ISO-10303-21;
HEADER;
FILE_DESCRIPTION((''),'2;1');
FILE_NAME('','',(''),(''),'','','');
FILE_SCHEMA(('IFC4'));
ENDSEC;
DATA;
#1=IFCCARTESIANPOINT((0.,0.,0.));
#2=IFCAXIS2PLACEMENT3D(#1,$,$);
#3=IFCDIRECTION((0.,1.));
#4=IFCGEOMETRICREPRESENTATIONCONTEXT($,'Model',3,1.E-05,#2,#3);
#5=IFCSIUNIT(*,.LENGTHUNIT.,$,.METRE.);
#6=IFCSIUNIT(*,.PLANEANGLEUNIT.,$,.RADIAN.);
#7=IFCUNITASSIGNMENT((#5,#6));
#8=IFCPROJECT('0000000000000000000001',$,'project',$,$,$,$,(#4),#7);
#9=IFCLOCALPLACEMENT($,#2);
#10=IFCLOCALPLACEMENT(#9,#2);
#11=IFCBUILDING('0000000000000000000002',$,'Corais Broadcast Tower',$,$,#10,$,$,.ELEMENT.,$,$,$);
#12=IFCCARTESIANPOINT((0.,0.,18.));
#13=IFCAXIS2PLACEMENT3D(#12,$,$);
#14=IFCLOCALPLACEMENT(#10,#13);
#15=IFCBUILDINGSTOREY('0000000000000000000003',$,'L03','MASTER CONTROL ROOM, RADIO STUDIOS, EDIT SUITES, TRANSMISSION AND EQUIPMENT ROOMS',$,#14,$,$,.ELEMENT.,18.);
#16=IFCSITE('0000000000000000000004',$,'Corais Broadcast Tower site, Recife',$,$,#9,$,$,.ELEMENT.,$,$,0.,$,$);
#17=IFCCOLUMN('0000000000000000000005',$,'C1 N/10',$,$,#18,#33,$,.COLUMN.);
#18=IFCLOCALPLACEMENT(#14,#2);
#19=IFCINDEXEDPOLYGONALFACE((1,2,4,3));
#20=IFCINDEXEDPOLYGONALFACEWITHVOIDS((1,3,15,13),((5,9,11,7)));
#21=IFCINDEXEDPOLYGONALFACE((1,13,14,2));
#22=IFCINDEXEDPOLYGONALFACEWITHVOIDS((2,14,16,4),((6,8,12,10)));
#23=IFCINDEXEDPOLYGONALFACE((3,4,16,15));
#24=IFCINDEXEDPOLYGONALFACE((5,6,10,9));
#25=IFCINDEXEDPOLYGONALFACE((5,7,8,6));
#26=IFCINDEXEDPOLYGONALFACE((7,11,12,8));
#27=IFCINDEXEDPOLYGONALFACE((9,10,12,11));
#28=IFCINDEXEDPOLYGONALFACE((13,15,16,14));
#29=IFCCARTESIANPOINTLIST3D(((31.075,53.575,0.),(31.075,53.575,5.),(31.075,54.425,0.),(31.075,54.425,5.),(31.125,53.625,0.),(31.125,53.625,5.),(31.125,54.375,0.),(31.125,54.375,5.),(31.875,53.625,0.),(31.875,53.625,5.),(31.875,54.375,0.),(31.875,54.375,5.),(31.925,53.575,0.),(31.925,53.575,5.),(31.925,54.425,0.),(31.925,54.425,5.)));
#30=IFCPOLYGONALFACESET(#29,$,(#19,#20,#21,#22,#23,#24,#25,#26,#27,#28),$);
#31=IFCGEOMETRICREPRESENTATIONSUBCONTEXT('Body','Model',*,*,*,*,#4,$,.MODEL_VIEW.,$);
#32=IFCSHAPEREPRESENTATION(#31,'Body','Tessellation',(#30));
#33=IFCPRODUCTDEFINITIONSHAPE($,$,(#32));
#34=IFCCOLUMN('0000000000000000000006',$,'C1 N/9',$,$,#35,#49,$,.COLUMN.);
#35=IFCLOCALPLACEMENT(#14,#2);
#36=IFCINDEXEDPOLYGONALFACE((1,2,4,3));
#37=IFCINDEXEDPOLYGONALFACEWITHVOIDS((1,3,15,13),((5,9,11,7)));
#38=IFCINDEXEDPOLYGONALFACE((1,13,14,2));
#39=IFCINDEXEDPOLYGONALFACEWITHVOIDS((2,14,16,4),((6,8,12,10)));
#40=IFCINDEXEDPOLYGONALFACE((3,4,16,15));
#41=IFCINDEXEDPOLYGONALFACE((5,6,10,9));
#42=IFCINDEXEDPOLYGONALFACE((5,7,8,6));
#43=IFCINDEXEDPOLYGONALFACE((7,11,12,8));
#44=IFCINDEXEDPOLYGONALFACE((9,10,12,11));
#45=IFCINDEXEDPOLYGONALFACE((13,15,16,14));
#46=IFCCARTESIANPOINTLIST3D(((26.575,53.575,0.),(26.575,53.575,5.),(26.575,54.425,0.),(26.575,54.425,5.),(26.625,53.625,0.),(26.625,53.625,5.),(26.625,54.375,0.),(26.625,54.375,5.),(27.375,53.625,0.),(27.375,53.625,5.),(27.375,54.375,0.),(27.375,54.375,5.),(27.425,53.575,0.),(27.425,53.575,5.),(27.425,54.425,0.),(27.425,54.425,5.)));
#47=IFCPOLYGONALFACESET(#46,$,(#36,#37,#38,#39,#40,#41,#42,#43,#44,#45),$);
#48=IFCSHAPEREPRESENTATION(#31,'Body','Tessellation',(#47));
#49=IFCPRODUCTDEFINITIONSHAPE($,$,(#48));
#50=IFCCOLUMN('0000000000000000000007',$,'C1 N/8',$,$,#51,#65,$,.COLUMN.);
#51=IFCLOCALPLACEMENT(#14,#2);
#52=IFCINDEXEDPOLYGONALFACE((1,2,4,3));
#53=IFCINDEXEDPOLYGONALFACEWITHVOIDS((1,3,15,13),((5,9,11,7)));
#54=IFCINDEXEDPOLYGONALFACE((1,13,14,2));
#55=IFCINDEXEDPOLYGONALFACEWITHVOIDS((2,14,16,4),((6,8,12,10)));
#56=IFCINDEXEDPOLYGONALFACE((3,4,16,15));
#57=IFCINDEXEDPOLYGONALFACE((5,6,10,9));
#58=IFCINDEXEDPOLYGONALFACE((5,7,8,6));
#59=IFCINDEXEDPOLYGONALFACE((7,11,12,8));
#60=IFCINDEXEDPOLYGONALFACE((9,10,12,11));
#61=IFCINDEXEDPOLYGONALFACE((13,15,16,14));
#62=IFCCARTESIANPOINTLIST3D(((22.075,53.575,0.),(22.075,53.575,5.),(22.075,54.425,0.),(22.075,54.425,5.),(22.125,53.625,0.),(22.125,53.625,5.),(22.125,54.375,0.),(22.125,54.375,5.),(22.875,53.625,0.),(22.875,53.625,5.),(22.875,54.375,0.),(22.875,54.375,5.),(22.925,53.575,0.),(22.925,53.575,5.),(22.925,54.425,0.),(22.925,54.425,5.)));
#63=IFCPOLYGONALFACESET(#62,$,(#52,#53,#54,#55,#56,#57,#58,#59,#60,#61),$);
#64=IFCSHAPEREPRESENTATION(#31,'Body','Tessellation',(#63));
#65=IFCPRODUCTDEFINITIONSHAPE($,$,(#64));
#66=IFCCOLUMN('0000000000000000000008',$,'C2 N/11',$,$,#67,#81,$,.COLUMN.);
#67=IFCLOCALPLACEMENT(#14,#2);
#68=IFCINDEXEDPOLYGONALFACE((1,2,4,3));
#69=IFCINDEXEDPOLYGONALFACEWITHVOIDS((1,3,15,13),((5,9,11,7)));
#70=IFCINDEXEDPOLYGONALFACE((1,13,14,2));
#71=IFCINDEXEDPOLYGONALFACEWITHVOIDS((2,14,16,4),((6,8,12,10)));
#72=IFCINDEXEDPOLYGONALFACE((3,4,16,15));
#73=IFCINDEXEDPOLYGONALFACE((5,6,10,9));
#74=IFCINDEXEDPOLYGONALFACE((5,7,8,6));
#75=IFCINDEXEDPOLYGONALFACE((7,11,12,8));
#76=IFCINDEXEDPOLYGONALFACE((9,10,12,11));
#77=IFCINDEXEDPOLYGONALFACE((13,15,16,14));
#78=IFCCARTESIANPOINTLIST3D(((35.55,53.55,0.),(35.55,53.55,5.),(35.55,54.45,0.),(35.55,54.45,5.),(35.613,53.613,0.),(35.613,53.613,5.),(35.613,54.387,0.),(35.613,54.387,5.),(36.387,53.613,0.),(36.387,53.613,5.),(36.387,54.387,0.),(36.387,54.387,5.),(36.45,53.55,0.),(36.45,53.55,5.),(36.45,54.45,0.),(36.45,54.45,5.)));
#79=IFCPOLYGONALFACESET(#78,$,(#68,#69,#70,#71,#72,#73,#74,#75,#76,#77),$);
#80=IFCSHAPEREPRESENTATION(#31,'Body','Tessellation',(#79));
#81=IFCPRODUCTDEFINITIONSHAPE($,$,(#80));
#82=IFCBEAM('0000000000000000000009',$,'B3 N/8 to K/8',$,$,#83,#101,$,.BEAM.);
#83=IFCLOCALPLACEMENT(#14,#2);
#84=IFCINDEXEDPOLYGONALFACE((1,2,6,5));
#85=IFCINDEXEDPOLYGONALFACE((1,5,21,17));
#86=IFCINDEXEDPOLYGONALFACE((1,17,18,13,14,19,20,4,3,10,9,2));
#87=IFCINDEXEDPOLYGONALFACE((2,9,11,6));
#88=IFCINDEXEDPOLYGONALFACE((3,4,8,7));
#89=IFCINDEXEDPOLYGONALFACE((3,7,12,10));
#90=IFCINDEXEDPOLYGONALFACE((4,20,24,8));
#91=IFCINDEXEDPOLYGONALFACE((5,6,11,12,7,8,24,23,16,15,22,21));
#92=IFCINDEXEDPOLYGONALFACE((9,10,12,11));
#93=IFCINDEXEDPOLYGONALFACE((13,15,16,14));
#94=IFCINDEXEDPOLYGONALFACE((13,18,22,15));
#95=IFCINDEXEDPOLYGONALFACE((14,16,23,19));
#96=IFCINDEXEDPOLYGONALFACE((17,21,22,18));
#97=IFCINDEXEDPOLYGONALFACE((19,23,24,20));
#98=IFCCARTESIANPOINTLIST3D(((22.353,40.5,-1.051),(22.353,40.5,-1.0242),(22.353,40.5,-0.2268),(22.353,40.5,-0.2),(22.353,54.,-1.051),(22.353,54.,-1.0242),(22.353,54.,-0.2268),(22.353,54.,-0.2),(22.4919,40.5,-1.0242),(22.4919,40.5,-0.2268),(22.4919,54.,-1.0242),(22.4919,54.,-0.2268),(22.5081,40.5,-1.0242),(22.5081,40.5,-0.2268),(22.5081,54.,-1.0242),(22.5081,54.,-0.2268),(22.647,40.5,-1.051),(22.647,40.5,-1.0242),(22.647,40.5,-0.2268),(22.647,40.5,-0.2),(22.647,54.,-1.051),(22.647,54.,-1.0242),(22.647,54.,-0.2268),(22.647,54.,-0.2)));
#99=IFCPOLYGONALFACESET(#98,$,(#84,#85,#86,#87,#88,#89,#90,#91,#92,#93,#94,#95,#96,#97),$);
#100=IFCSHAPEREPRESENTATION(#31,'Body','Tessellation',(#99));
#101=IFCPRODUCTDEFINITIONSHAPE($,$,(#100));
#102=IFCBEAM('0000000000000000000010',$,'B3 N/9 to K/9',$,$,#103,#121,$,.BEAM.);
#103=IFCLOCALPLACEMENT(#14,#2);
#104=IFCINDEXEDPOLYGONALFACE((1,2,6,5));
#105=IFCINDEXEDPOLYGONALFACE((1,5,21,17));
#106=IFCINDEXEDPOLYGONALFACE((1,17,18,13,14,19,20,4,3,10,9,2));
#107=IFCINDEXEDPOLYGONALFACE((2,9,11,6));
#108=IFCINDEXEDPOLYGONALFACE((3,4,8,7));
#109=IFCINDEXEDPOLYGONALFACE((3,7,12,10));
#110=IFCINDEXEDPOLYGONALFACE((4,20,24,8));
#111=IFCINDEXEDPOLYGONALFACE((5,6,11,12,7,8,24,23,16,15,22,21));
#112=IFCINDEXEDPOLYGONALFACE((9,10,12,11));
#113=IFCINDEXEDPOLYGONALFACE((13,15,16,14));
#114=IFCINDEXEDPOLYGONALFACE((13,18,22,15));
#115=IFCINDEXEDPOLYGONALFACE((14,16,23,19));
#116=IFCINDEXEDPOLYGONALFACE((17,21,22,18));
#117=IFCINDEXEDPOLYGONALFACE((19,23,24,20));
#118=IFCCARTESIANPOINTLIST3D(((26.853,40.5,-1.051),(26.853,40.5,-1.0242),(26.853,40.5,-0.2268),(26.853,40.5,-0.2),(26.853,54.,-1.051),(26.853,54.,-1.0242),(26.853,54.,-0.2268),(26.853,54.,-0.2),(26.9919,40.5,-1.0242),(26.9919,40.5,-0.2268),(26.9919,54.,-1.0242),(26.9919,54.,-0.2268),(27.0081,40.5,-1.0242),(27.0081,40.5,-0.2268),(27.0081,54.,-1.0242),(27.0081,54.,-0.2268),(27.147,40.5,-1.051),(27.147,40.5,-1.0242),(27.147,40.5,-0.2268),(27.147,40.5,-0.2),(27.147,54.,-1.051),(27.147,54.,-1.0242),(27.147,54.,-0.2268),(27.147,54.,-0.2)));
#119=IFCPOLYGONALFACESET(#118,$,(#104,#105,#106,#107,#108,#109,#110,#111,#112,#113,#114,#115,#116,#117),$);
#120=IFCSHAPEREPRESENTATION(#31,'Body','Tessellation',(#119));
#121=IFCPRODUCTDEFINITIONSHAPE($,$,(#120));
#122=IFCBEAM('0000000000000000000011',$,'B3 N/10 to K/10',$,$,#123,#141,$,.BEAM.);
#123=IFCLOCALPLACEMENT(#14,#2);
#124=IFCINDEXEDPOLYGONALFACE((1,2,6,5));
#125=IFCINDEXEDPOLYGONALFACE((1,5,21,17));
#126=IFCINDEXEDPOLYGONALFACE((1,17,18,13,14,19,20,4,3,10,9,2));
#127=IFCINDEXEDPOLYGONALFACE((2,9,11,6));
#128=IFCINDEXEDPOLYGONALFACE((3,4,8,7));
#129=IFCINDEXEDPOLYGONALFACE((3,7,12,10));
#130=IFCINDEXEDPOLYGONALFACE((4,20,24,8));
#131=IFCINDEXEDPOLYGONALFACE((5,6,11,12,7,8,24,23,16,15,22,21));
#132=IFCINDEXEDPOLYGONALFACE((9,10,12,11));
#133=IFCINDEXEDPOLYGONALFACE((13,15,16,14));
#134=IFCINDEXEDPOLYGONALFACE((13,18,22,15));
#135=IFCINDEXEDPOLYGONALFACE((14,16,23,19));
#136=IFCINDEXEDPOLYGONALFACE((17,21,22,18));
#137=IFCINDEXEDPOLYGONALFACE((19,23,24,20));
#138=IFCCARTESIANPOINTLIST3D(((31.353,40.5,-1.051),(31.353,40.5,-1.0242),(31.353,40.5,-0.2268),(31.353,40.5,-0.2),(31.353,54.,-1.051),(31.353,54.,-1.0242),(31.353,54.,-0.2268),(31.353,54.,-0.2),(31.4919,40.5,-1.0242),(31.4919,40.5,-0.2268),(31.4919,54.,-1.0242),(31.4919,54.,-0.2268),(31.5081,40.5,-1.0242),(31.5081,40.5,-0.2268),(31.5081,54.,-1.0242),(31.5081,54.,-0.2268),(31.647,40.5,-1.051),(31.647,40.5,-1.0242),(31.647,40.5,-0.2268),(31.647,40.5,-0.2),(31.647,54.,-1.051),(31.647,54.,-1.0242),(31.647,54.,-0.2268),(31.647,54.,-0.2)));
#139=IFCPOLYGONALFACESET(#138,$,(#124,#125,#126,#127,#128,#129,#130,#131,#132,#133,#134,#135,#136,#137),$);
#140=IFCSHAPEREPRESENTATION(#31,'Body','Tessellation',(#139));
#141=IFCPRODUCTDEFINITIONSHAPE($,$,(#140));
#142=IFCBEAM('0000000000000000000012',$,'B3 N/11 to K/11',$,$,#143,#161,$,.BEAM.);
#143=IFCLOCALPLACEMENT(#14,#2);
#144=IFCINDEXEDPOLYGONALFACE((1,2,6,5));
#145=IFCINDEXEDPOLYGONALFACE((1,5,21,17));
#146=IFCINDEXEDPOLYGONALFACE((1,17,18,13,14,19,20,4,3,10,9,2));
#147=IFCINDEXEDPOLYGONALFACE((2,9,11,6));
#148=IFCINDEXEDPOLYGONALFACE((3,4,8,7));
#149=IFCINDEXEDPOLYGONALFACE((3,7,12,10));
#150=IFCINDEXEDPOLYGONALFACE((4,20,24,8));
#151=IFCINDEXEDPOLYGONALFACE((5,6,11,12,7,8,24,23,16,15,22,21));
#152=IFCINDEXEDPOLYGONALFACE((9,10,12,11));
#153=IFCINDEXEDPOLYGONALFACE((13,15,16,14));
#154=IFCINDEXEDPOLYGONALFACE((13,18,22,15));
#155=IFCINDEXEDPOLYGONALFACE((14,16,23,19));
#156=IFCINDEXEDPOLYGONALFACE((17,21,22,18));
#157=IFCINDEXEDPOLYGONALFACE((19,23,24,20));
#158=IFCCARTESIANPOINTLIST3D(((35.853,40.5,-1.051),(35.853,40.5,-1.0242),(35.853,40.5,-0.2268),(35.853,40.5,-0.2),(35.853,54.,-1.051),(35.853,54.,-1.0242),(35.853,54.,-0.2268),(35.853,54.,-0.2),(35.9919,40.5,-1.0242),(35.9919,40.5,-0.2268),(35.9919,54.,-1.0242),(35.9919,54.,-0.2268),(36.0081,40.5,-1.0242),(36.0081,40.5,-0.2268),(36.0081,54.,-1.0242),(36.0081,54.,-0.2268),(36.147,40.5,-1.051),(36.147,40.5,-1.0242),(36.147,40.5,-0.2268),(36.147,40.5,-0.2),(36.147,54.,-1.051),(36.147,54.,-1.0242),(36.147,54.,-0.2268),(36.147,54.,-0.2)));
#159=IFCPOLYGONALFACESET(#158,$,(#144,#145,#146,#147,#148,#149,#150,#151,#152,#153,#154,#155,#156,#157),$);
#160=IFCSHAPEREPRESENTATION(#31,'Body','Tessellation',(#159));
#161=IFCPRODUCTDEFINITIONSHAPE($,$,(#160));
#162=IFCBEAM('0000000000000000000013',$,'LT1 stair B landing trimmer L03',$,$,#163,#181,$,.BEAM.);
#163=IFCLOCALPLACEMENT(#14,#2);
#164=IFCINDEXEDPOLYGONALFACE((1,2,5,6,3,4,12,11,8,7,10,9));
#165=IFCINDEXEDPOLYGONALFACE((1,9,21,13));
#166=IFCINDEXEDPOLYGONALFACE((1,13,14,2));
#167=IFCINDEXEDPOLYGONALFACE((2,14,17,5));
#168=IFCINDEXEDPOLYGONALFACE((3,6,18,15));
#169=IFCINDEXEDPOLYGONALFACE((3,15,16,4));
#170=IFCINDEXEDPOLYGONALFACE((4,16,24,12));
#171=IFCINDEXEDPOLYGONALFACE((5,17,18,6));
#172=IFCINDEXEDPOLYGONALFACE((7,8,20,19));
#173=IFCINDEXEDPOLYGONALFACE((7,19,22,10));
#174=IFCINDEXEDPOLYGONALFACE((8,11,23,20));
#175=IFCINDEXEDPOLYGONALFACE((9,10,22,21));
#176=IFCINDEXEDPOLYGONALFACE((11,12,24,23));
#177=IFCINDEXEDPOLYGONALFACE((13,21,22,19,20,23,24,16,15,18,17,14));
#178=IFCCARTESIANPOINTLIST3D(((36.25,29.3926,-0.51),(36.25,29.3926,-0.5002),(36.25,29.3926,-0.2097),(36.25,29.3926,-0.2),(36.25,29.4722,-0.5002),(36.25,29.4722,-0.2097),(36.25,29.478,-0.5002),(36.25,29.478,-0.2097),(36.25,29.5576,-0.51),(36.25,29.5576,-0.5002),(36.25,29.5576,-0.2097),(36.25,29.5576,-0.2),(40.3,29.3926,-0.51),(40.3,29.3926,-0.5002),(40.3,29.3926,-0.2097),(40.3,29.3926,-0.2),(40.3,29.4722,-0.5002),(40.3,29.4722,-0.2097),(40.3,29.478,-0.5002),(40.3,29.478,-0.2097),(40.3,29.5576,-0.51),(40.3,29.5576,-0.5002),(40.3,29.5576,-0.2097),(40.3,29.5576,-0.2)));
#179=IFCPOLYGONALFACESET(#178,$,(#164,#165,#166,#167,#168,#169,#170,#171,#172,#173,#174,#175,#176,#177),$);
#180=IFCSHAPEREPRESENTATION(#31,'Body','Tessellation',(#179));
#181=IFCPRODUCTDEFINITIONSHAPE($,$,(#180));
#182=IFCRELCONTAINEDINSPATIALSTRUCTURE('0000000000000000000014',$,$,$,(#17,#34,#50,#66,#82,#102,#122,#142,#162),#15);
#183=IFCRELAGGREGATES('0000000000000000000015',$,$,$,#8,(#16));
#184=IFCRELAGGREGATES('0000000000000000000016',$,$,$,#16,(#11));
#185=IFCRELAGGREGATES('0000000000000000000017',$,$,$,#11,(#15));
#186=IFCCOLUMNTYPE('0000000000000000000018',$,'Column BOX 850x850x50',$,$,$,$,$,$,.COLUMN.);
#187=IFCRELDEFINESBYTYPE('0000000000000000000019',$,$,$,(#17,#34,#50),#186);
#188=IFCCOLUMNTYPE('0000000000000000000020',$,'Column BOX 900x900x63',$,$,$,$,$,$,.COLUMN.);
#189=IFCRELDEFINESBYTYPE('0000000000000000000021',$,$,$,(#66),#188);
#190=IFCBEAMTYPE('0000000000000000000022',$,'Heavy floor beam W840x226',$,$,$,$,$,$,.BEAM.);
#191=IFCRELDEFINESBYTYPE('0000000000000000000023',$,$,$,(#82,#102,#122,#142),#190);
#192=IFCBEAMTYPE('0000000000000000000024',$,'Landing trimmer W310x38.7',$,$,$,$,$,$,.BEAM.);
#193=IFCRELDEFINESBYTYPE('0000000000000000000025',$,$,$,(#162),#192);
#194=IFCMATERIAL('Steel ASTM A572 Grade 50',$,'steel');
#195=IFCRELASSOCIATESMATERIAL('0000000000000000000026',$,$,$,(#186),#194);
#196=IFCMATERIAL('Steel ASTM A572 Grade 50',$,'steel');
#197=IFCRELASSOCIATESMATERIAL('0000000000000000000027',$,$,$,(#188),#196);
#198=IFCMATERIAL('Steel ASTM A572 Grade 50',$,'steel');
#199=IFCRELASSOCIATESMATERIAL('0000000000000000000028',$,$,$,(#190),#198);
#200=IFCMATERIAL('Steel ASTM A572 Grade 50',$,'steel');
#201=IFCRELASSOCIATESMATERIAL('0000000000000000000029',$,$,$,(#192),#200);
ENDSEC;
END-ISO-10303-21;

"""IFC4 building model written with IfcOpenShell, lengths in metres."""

from ifc_helpers import new_model, si_unit, direction, frame, origin, origin_2d, place, context, subcontext, project, spatial, hollow_rectangle, i_section, extrude, material, material_profile, profile_set, type_object, element, save


model = new_model("IFC4")

# Units and contexts
model_context = context("Model", 3, precision=1e-05, world=origin(), true_north=direction((0.0, 1.0)))
body_context = subcontext(model_context, "Body", "Model", "MODEL_VIEW")
ifc_project = project(units=[si_unit("LENGTHUNIT", "METRE"), si_unit("PLANEANGLEUNIT", "RADIAN")], contexts=[model_context])

# Site, building, storey
site_placement = place(None, origin())
site = spatial("IfcSite", under=ifc_project, at=site_placement, Name="Corais Broadcast Tower site, Recife", CompositionType="ELEMENT", RefElevation=0.0)
building_placement = place(site_placement, origin())
building = spatial("IfcBuilding", under=site, at=building_placement, Name="Corais Broadcast Tower", CompositionType="ELEMENT")
storey_placement = place(building_placement, frame((0.0, 0.0, 18.0)))
storey = spatial("IfcBuildingStorey", under=building, at=storey_placement, Name="L03", Description="MASTER CONTROL ROOM, RADIO STUDIOS, EDIT SUITES, TRANSMISSION AND EQUIPMENT ROOMS", CompositionType="ELEMENT", Elevation=18.0)

# Columns
ifc_material_1 = material(Name="Steel ASTM A572 Grade 50", Category="steel")
ifc_material_profile_1 = material_profile(ifc_material_1, hollow_rectangle(XDim=0.8501, YDim=0.8501, WallThickness=0.05, at=origin_2d()), Name="BOX 850x850x50")
ifc_profile_set_1 = profile_set([ifc_material_profile_1], Name="Steel ASTM A572 Grade 50")
column_type_1 = type_object("IfcColumnType", Name="Column BOX 850x850x50", PredefinedType="COLUMN", material=ifc_profile_set_1)
for number, where, z_axis, x_axis, name in (
    (1, (31.5, 54.0, 0.0), (0.0, 0.0, 1.0), (1.0, 0.0, 0.0), "C1 N/10"),
    (2, (27.0, 54.0, 0.0), (0.0, 0.0, 1.0), (1.0, 0.0, 0.0), "C1 N/9"),
    (3, (22.5, 54.0, 0.0), (0.0, 0.0, 1.0), (1.0, 0.0, 0.0), "C1 N/8"),
):
    element("IfcColumn", number, at=place(storey_placement, frame(where, z_axis=z_axis, x_axis=x_axis)), inside=storey, type_object=column_type_1, Name=name, PredefinedType="COLUMN", context=body_context, shape_type="SweptSolid", body=[
        extrude(hollow_rectangle(XDim=0.8501, YDim=0.8501, WallThickness=0.05, at=origin_2d()), origin(), (0.0, 0.0, 1.0), 5.0),
    ])
ifc_material_2 = material(Name="Steel ASTM A572 Grade 50", Category="steel")
ifc_material_profile_2 = material_profile(ifc_material_2, hollow_rectangle(XDim=0.8999, YDim=0.8999, WallThickness=0.063, at=origin_2d()), Name="BOX 900x900x63")
ifc_profile_set_2 = profile_set([ifc_material_profile_2], Name="Steel ASTM A572 Grade 50")
column_type_2 = type_object("IfcColumnType", Name="Column BOX 900x900x63", PredefinedType="COLUMN", material=ifc_profile_set_2)
column_placement = place(storey_placement, frame((36.0, 54.0, 0.0), z_axis=(0.0, 0.0, 1.0), x_axis=(1.0, 0.0, 0.0)))
element("IfcColumn", 4, at=column_placement, inside=storey, type_object=column_type_2, Name="C2 N/11", PredefinedType="COLUMN", context=body_context, shape_type="SweptSolid", body=[
    extrude(hollow_rectangle(XDim=0.8999, YDim=0.8999, WallThickness=0.063, at=origin_2d()), origin(), (0.0, 0.0, 1.0), 5.0),
])

# Beams
ifc_material_3 = material(Name="Steel ASTM A572 Grade 50", Category="steel")
ifc_material_profile_3 = material_profile(ifc_material_3, i_section(OverallWidth=0.2939, OverallDepth=0.8511, WebThickness=0.0161, FlangeThickness=0.0269, at=origin_2d()), Name="W840x226")
ifc_profile_set_3 = profile_set([ifc_material_profile_3], Name="Steel ASTM A572 Grade 50")
beam_type_1 = type_object("IfcBeamType", Name="Heavy floor beam W840x226", PredefinedType="BEAM", material=ifc_profile_set_3)
for number, where, z_axis, x_axis, name in (
    (5, (22.5, 54.0, -0.6255), (0.0, -1.0, 0.0), (1.0, 0.0, 0.0), "B3 N/8 to K/8"),
    (6, (27.0, 54.0, -0.6255), (0.0, -1.0, 0.0), (1.0, 0.0, 0.0), "B3 N/9 to K/9"),
    (7, (31.5, 54.0, -0.6255), (0.0, -1.0, 0.0), (1.0, 0.0, 0.0), "B3 N/10 to K/10"),
    (8, (36.0, 54.0, -0.6255), (0.0, -1.0, 0.0), (1.0, 0.0, 0.0), "B3 N/11 to K/11"),
):
    element("IfcBeam", number, at=place(storey_placement, frame(where, z_axis=z_axis, x_axis=x_axis)), inside=storey, type_object=beam_type_1, Name=name, PredefinedType="BEAM", context=body_context, shape_type="SweptSolid", body=[
        extrude(i_section(OverallWidth=0.2939, OverallDepth=0.8511, WebThickness=0.0161, FlangeThickness=0.0269, at=origin_2d()), origin(), (0.0, 0.0, 1.0), 13.5),
    ])
ifc_material_4 = material(Name="Steel ASTM A572 Grade 50", Category="steel")
ifc_material_profile_4 = material_profile(ifc_material_4, i_section(OverallWidth=0.165, OverallDepth=0.3101, WebThickness=0.0059, FlangeThickness=0.0098, at=origin_2d()), Name="W310x38.7")
ifc_profile_set_4 = profile_set([ifc_material_profile_4], Name="Steel ASTM A572 Grade 50")
beam_type_2 = type_object("IfcBeamType", Name="Landing trimmer W310x38.7", PredefinedType="BEAM", material=ifc_profile_set_4)
beam_placement = place(storey_placement, frame((36.25, 29.4751, -0.355), z_axis=(1.0, 0.0, 0.0), x_axis=(0.0, 1.0, 0.0)))
element("IfcBeam", 9, at=beam_placement, inside=storey, type_object=beam_type_2, Name="LT1 stair B landing trimmer L03", PredefinedType="BEAM", context=body_context, shape_type="SweptSolid", body=[
    extrude(i_section(OverallWidth=0.165, OverallDepth=0.3101, WebThickness=0.0059, FlangeThickness=0.0098, at=origin_2d()), origin(), (0.0, 0.0, 1.0), 4.05),
])

save(model, "model.ifc")
